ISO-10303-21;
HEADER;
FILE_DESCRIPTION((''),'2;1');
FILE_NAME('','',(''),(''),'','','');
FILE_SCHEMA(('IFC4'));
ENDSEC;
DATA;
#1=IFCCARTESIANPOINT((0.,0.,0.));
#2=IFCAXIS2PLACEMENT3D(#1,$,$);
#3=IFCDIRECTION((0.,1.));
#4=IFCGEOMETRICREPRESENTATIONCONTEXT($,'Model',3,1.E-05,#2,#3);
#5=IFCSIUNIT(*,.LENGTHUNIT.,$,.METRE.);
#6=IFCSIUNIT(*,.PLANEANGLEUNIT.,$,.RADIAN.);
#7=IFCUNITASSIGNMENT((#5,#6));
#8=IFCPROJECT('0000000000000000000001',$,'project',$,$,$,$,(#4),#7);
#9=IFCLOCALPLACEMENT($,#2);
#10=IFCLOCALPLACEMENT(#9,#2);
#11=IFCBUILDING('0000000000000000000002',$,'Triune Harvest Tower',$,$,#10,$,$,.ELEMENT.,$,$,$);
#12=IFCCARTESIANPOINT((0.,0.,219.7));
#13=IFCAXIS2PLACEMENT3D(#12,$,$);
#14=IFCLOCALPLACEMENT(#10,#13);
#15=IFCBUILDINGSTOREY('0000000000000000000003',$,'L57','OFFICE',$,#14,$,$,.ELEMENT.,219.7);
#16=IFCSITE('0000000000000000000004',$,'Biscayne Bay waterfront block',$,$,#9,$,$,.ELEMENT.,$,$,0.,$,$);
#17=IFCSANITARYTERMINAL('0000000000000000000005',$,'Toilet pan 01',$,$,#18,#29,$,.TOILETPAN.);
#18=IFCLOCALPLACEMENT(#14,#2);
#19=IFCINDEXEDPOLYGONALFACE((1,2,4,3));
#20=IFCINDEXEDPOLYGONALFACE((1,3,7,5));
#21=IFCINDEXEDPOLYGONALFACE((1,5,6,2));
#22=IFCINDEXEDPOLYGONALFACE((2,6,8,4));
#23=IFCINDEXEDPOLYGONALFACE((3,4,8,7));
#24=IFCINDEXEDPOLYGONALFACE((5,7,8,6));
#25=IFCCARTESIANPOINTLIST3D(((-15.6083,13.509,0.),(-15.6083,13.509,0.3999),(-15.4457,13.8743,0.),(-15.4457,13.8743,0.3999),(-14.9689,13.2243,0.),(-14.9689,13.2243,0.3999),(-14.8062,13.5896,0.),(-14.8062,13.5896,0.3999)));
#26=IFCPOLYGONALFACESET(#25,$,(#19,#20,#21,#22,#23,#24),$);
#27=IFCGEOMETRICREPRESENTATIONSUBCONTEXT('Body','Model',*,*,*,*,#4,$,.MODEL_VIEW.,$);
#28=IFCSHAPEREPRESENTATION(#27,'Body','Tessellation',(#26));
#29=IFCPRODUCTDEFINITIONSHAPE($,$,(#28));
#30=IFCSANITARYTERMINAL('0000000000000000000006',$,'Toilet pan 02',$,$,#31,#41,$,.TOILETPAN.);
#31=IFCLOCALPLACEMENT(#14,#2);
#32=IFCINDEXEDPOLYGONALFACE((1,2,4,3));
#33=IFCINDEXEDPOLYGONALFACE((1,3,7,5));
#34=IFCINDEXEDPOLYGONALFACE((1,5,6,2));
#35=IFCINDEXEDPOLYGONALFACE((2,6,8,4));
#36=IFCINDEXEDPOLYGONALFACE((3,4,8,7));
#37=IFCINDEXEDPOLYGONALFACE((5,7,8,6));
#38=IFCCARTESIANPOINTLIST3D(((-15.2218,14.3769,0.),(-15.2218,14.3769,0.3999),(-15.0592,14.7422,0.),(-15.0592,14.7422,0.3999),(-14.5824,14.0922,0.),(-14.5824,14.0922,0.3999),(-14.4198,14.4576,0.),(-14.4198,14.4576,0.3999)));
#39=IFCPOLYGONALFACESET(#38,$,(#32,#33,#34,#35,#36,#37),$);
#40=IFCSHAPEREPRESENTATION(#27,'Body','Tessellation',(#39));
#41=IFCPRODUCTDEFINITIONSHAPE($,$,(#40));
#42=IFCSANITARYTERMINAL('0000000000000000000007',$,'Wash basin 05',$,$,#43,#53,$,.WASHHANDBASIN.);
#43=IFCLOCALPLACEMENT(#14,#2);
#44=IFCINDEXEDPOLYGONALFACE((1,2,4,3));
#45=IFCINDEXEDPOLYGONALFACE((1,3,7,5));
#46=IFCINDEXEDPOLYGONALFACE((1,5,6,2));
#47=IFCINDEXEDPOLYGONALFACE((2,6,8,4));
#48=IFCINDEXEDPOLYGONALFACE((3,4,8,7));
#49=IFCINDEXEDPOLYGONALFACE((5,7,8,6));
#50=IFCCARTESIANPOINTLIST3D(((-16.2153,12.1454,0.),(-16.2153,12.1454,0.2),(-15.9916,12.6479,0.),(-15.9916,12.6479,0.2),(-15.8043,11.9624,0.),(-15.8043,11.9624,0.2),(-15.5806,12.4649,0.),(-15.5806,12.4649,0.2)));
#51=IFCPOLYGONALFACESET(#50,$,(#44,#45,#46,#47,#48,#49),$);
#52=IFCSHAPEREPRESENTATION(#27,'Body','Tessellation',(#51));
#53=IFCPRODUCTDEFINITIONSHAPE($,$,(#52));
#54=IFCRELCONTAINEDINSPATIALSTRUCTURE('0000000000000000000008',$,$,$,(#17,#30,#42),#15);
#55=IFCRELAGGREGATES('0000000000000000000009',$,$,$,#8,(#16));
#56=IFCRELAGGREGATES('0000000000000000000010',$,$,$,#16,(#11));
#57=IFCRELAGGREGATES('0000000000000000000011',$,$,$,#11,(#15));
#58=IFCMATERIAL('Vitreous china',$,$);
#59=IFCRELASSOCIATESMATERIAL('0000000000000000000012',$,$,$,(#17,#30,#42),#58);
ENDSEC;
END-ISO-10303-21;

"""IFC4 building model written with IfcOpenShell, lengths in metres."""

from ifc_helpers import new_model, si_unit, direction, frame, origin, origin_2d, place, context, subcontext, project, spatial, rectangle, extrude, source, transform, mapped, material, element, save


model = new_model("IFC4")

# Units and contexts
model_context = context("Model", 3, precision=1e-05, world=origin(), true_north=direction((0.0, 1.0)))
body_context = subcontext(model_context, "Body", "Model", "MODEL_VIEW")
ifc_project = project(units=[si_unit("LENGTHUNIT", "METRE"), si_unit("PLANEANGLEUNIT", "RADIAN")], contexts=[model_context])

# Site, building, storey
site_placement = place(None, origin())
site = spatial("IfcSite", under=ifc_project, at=site_placement, Name="Biscayne Bay waterfront block", CompositionType="ELEMENT", RefElevation=0.0)
building_placement = place(site_placement, origin())
building = spatial("IfcBuilding", under=site, at=building_placement, Name="Triune Harvest Tower", CompositionType="ELEMENT")
storey_placement = place(building_placement, frame((0.0, 0.0, 219.7)))
storey = spatial("IfcBuildingStorey", under=building, at=storey_placement, Name="L57", Description="OFFICE", CompositionType="ELEMENT", Elevation=219.7)

# Sanitary terminals
ifc_material_1 = material(Name="Vitreous china")
shared_shape_1 = source(origin(), body_context, "Body", "SweptSolid", [
    extrude(rectangle(XDim=0.3999, YDim=0.7, at=origin_2d()), origin(), (0.0, 0.0, 1.0), 0.3999),
])
for number, where, z_axis, x_axis, name in (
    (1, (-15.2073, 13.5493, 0.0), (0.0, 0.0, 1.0), (0.406737, 0.913545, 0.0), "Toilet pan 01"),
    (2, (-14.8208, 14.4172, 0.0), (0.0, 0.0, 1.0), (0.406737, 0.913545, 0.0), "Toilet pan 02"),
):
    element("IfcSanitaryTerminal", number, at=place(storey_placement, frame(where, z_axis=z_axis, x_axis=x_axis)), inside=storey, material=ifc_material_1, Name=name, PredefinedType="TOILETPAN", context=body_context, shape_type="MappedRepresentation", body=[
        mapped(shared_shape_1, transform((0.0, 0.0, 0.0), scale=1.0)),
    ])
shared_shape_2 = source(origin(), body_context, "Body", "SweptSolid", [
    extrude(rectangle(XDim=0.55, YDim=0.45, at=origin_2d()), origin(), (0.0, 0.0, 1.0), 0.2),
])
sanitary_terminal_placement = place(storey_placement, frame((-15.8979, 12.3052, 0.0), z_axis=(0.0, 0.0, 1.0), x_axis=(0.406737, 0.913545, 0.0)))
element("IfcSanitaryTerminal", 3, at=sanitary_terminal_placement, inside=storey, material=ifc_material_1, Name="Wash basin 05", PredefinedType="WASHHANDBASIN", context=body_context, shape_type="MappedRepresentation", body=[
    mapped(shared_shape_2, transform((0.0, 0.0, 0.0), scale=1.0)),
])

save(model, "model.ifc")
